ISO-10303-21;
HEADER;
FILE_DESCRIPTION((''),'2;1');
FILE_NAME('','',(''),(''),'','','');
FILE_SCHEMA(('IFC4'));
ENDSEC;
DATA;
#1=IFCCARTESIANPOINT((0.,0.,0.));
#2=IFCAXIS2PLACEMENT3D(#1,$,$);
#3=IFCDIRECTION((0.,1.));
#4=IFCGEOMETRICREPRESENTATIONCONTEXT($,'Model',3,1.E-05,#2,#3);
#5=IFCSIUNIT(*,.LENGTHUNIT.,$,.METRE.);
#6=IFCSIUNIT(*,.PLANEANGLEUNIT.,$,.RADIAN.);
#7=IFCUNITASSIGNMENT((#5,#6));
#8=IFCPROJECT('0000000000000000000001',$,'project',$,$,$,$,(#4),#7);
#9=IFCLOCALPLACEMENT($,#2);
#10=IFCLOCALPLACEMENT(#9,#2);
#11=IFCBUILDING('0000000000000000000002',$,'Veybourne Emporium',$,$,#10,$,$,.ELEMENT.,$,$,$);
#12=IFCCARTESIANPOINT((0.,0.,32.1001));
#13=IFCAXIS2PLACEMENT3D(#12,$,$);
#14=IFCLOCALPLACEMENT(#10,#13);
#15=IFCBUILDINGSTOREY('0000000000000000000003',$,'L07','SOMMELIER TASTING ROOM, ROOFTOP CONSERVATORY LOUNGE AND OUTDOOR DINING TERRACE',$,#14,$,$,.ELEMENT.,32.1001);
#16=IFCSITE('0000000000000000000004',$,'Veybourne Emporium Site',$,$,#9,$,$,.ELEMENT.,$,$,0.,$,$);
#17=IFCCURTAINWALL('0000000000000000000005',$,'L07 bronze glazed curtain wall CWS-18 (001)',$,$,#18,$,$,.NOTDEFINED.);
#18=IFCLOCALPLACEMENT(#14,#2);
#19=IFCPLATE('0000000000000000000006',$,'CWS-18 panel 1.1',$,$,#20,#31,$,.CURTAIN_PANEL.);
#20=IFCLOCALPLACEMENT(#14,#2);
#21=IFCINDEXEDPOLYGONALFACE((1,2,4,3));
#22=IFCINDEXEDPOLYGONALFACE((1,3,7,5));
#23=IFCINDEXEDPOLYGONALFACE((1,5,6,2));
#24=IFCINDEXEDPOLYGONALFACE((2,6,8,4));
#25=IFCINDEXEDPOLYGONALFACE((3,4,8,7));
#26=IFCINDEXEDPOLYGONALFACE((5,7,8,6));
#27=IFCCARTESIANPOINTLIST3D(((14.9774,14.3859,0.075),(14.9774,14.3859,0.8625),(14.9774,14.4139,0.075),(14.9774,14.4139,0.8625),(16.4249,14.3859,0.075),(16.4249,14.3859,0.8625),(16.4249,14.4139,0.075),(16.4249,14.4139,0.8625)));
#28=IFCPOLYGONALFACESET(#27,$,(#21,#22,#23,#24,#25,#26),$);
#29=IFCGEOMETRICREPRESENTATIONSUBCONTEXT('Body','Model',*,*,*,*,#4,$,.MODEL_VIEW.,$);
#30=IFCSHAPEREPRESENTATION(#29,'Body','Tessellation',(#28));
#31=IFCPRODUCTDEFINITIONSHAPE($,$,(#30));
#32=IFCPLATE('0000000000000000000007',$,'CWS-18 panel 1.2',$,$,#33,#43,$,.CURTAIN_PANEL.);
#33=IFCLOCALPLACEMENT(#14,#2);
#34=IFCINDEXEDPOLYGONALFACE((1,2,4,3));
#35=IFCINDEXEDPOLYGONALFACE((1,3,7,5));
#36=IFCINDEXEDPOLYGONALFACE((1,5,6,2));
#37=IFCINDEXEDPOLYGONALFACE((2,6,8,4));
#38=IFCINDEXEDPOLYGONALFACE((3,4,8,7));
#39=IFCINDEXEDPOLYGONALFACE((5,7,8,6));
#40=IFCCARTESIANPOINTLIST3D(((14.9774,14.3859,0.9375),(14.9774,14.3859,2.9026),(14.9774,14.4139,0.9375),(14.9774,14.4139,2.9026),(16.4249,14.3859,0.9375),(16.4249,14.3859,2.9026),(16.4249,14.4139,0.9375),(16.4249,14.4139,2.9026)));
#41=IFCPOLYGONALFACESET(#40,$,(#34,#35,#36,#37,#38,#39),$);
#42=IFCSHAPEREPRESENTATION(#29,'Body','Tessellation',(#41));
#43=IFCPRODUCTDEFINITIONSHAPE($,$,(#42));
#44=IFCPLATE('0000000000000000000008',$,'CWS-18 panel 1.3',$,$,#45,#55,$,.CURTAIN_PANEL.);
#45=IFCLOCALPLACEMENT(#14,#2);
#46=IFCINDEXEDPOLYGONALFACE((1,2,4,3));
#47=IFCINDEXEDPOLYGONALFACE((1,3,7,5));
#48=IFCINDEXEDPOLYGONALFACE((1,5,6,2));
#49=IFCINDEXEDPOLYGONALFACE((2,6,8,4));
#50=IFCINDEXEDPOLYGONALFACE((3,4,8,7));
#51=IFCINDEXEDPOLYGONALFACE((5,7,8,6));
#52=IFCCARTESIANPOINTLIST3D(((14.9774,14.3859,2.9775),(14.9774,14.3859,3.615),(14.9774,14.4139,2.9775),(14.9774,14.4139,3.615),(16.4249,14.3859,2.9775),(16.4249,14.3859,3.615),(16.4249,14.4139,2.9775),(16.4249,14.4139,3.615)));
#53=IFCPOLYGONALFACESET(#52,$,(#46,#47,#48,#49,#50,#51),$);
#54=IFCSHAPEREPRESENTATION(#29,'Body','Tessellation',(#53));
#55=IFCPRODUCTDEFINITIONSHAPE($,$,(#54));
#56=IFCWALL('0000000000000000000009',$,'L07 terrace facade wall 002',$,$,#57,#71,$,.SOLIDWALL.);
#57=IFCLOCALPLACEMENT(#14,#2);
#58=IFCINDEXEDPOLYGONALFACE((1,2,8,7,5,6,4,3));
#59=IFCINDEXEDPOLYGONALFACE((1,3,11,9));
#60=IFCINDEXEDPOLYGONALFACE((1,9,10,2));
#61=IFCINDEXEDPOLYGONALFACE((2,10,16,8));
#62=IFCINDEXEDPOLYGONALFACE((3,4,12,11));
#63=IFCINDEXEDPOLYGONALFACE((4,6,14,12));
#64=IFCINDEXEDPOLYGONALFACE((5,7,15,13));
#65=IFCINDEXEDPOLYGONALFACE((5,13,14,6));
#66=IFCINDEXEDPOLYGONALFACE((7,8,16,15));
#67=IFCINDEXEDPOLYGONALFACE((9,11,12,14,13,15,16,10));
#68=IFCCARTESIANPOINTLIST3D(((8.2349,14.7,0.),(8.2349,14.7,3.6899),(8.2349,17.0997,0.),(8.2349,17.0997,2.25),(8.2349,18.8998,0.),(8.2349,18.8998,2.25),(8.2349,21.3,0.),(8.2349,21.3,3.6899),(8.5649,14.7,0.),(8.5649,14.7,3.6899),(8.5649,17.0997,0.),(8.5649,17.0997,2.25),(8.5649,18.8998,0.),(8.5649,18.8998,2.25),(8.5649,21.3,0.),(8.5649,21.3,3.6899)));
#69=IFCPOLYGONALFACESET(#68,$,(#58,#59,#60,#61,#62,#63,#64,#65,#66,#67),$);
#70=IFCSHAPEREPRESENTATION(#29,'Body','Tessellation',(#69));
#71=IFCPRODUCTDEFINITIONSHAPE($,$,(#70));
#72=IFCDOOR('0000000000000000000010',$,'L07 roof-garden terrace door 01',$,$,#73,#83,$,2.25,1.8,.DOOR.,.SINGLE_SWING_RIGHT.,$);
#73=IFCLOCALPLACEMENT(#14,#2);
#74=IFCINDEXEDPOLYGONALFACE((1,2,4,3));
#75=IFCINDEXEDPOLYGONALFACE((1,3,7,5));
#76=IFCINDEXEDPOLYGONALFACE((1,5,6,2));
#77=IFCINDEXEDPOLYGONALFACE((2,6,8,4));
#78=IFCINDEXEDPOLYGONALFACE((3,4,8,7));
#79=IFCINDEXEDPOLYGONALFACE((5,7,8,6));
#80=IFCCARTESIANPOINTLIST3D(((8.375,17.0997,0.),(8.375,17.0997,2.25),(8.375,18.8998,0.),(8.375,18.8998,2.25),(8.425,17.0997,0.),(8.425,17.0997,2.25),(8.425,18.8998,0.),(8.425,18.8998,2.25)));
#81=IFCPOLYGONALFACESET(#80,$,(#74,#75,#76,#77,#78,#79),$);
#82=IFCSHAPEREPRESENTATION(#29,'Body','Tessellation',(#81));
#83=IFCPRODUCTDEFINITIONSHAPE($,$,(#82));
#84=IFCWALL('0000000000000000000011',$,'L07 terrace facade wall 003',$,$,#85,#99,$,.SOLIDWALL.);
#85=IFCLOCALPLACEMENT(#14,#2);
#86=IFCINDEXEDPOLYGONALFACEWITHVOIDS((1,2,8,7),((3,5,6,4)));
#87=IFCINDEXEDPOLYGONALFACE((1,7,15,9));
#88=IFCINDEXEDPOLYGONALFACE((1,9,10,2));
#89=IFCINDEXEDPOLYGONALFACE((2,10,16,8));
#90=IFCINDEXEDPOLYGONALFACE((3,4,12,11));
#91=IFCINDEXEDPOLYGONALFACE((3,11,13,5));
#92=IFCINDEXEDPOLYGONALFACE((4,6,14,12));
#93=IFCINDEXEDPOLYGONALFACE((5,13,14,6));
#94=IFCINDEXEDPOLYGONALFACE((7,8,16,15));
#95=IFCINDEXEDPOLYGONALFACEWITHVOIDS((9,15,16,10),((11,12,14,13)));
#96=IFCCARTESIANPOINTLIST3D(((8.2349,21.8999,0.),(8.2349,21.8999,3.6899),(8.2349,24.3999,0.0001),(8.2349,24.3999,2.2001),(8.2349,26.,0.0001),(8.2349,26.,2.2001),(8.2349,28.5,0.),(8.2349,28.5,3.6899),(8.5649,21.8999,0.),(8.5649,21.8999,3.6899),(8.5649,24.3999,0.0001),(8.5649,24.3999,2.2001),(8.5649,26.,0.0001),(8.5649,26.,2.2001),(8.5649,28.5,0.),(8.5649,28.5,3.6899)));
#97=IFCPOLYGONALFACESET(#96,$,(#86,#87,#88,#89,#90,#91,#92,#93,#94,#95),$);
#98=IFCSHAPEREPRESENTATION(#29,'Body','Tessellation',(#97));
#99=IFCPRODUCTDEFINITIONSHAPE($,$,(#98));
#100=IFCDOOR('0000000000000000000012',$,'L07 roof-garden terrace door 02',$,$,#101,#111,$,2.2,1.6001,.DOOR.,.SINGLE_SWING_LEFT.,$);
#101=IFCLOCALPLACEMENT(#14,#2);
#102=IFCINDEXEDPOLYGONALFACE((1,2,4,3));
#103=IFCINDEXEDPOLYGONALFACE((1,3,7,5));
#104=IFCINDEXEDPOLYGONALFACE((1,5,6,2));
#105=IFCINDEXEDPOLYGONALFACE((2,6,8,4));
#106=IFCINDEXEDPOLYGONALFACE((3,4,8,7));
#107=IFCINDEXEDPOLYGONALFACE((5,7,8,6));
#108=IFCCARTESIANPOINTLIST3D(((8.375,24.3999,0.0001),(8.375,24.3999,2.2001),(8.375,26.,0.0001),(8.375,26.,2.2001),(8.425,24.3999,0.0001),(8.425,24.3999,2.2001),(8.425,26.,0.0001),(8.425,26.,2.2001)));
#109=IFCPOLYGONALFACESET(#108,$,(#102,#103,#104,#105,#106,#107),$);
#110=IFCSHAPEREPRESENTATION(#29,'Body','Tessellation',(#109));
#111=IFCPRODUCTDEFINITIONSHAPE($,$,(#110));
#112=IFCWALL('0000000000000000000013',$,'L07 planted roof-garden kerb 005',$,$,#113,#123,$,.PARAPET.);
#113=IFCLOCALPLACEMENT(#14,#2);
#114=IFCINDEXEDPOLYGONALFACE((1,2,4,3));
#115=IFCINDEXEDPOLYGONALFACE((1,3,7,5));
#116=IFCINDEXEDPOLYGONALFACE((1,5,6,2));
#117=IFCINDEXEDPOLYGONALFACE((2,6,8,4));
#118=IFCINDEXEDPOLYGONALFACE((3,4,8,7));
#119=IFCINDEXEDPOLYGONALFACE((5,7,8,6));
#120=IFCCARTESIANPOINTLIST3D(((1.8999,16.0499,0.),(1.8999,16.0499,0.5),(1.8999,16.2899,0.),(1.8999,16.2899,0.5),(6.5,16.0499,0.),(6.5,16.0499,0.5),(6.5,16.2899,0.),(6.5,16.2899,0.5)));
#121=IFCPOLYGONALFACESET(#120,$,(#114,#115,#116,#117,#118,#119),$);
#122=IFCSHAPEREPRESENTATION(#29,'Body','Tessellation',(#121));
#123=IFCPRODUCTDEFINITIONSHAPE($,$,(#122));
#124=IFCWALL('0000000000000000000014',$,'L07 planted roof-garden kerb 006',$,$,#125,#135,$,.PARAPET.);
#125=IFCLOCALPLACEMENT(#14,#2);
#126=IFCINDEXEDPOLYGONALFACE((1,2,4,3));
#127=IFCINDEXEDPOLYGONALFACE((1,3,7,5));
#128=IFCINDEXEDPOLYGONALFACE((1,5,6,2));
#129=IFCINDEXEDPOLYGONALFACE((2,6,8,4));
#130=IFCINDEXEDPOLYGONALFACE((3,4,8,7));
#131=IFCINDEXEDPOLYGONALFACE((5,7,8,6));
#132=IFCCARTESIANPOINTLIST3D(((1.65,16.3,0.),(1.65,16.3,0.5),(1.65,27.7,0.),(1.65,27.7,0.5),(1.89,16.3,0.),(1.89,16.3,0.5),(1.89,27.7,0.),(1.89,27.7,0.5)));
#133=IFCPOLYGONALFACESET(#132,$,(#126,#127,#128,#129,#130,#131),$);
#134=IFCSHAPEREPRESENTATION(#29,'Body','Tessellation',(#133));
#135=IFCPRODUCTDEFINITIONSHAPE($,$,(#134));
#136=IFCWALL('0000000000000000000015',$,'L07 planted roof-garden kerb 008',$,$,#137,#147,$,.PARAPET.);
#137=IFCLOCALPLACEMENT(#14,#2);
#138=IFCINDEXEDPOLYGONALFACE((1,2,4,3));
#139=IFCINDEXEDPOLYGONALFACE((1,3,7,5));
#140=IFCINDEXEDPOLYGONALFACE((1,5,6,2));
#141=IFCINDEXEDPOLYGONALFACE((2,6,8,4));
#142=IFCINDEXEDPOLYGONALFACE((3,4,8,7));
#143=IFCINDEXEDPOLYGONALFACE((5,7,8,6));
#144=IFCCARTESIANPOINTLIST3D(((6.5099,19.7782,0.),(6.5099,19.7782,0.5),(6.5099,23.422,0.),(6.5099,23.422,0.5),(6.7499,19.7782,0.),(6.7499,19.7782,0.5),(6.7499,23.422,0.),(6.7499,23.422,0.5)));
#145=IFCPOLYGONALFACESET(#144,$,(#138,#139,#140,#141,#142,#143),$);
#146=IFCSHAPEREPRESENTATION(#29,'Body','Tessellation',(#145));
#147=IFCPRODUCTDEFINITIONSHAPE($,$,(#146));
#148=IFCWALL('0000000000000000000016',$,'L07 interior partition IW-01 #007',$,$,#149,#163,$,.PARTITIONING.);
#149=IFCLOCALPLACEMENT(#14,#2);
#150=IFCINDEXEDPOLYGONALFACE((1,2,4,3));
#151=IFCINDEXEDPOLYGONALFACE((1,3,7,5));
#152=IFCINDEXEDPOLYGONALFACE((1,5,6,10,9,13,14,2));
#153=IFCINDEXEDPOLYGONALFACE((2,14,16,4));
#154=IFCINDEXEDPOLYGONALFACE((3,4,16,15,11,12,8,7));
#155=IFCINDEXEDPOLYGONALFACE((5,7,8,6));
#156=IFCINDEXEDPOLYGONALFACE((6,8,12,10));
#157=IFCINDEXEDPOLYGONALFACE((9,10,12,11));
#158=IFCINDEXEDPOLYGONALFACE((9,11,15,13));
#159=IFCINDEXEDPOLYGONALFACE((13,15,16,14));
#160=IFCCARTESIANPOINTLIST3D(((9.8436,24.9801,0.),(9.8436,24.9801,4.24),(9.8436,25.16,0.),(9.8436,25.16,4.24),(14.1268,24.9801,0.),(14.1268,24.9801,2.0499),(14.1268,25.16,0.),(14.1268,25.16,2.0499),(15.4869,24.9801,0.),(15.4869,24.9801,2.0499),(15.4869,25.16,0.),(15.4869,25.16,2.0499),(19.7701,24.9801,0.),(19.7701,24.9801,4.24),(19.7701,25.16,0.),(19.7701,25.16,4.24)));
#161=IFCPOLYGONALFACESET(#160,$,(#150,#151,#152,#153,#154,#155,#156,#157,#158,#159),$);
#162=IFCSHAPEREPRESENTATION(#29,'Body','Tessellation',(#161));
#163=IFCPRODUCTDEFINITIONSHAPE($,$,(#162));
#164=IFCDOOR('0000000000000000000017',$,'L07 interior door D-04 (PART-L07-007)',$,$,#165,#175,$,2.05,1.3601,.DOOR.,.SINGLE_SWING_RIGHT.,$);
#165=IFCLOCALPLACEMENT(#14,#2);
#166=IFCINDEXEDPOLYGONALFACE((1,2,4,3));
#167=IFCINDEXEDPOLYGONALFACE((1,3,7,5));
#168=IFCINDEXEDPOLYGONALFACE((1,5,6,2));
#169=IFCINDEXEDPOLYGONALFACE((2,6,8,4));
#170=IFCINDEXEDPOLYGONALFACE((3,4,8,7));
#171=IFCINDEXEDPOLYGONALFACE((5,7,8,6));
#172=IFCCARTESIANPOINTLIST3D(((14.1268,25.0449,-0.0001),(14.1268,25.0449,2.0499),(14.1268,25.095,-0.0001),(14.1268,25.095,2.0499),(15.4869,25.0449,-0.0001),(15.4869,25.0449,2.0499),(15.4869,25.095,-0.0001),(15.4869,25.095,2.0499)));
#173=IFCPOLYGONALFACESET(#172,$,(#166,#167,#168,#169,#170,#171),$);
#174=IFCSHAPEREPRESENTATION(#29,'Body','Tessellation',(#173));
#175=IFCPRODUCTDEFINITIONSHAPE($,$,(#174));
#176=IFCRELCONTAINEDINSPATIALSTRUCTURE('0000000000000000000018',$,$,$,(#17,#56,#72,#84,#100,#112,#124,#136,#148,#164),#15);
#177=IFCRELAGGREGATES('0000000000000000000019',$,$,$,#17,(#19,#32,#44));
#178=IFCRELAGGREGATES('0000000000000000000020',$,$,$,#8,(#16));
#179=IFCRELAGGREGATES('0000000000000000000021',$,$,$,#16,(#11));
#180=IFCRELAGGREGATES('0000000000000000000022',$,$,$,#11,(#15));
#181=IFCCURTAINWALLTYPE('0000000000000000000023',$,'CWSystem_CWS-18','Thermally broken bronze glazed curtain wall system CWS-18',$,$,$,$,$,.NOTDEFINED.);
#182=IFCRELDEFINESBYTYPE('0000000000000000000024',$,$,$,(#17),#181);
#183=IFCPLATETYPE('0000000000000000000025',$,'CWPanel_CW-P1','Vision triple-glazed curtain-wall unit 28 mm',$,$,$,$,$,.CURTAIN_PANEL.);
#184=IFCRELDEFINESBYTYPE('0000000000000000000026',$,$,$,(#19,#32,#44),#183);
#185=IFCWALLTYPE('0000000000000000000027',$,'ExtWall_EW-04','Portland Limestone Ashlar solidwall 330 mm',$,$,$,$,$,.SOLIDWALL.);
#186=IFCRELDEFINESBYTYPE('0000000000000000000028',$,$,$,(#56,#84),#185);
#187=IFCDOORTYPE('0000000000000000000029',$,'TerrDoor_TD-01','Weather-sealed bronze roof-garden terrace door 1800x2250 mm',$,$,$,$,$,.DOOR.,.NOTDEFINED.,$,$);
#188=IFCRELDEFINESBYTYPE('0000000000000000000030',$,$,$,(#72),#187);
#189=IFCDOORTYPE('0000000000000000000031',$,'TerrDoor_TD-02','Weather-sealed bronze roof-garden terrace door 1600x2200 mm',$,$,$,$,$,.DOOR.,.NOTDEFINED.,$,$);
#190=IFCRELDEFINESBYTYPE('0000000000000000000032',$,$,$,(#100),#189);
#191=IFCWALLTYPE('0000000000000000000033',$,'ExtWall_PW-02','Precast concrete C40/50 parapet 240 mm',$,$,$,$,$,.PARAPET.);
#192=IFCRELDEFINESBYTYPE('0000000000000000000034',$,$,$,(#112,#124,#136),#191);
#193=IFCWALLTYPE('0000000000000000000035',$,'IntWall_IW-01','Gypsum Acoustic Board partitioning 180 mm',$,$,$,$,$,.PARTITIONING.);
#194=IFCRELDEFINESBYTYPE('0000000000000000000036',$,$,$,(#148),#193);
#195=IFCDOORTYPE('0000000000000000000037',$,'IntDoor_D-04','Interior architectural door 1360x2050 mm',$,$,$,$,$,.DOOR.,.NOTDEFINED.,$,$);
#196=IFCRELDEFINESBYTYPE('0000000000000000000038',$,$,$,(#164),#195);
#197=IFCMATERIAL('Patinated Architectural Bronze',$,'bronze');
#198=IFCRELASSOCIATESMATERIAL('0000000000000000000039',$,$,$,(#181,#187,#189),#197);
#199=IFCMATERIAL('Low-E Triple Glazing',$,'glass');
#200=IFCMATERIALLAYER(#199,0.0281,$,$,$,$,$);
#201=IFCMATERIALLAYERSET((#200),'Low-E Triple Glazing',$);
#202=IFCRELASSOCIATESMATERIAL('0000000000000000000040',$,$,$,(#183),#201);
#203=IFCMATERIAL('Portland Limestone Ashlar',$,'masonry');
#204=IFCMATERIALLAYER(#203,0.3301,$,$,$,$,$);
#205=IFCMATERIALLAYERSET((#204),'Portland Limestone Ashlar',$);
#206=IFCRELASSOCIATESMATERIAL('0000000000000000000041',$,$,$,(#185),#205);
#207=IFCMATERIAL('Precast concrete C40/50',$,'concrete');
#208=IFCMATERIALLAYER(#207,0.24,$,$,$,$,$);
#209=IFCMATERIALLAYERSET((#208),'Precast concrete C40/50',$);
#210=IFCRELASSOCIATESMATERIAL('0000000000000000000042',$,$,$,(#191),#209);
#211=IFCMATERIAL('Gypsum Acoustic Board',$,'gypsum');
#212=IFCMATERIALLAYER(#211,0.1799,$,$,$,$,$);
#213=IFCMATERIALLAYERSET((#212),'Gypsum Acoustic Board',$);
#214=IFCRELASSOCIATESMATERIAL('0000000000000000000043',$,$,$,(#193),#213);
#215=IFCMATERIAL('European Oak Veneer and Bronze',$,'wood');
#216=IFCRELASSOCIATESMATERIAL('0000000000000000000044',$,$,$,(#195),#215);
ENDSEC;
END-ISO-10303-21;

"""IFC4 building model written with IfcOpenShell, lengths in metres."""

from ifc_helpers import new_model, si_unit, direction, frame, frame_2d, origin, origin_2d, place, context, subcontext, project, spatial, rectangle, extrude, material, layer, layer_set, type_object, element, fill, aggregate, save


model = new_model("IFC4")

# Units and contexts
model_context = context("Model", 3, precision=1e-05, world=origin(), true_north=direction((0.0, 1.0)))
body_context = subcontext(model_context, "Body", "Model", "MODEL_VIEW")
ifc_project = project(units=[si_unit("LENGTHUNIT", "METRE"), si_unit("PLANEANGLEUNIT", "RADIAN")], contexts=[model_context])

# Site, building, storey
site_placement = place(None, origin())
site = spatial("IfcSite", under=ifc_project, at=site_placement, Name="Veybourne Emporium Site", CompositionType="ELEMENT", RefElevation=0.0)
building_placement = place(site_placement, origin())
building = spatial("IfcBuilding", under=site, at=building_placement, Name="Veybourne Emporium", CompositionType="ELEMENT")
storey_placement = place(building_placement, frame((0.0, 0.0, 32.1001)))
storey = spatial("IfcBuildingStorey", under=building, at=storey_placement, Name="L07", Description="SOMMELIER TASTING ROOM, ROOFTOP CONSERVATORY LOUNGE AND OUTDOOR DINING TERRACE", CompositionType="ELEMENT", Elevation=32.1001)

# Curtain wall
ifc_material_1 = material(Name="Patinated Architectural Bronze", Category="bronze")
curtain_wall_type = type_object("IfcCurtainWallType", Name="CWSystem_CWS-18", Description="Thermally broken bronze glazed curtain wall system CWS-18", PredefinedType="NOTDEFINED", material=ifc_material_1)
curtain_wall_placement = place(storey_placement, origin())
curtain_wall = element("IfcCurtainWall", 1, at=curtain_wall_placement, inside=storey, type_object=curtain_wall_type, Name="L07 bronze glazed curtain wall CWS-18 (001)", PredefinedType="NOTDEFINED")

# Plates
ifc_material_2 = material(Name="Low-E Triple Glazing", Category="glass")
ifc_layer_1 = layer(ifc_material_2, 0.0281)
ifc_layer_set_1 = layer_set([ifc_layer_1], Name="Low-E Triple Glazing")
plate_type = type_object("IfcPlateType", Name="CWPanel_CW-P1", Description="Vision triple-glazed curtain-wall unit 28 mm", PredefinedType="CURTAIN_PANEL", material=ifc_layer_set_1)
plate_1_placement = place(storey_placement, frame((15.7012, 14.3999, 0.075), z_axis=(0.0, 0.0, 1.0), x_axis=(-1.0, 0.0, 0.0)))
plate_1 = element("IfcPlate", 2, at=plate_1_placement, type_object=plate_type, Name="CWS-18 panel 1.1", PredefinedType="CURTAIN_PANEL", context=body_context, shape_type="SweptSolid", body=[
    extrude(rectangle(XDim=1.4475, YDim=0.0281, at=origin_2d()), origin(), (0.0, 0.0, 1.0), 0.7876),
])
plate_2_placement = place(storey_placement, frame((15.7012, 14.3999, 0.9375), z_axis=(0.0, 0.0, 1.0), x_axis=(-1.0, 0.0, 0.0)))
plate_2 = element("IfcPlate", 3, at=plate_2_placement, type_object=plate_type, Name="CWS-18 panel 1.2", PredefinedType="CURTAIN_PANEL", context=body_context, shape_type="SweptSolid", body=[
    extrude(rectangle(XDim=1.4475, YDim=0.0281, at=origin_2d()), origin(), (0.0, 0.0, 1.0), 1.9651),
])
plate_3_placement = place(storey_placement, frame((15.7012, 14.3999, 2.9775), z_axis=(0.0, 0.0, 1.0), x_axis=(-1.0, 0.0, 0.0)))
plate_3 = element("IfcPlate", 4, at=plate_3_placement, type_object=plate_type, Name="CWS-18 panel 1.3", PredefinedType="CURTAIN_PANEL", context=body_context, shape_type="SweptSolid", body=[
    extrude(rectangle(XDim=1.4475, YDim=0.0281, at=origin_2d()), origin(), (0.0, 0.0, 1.0), 0.6375),
])
aggregate(curtain_wall, [plate_1, plate_2, plate_3])

# Walls, openings, doors
ifc_material_3 = material(Name="Portland Limestone Ashlar", Category="masonry")
ifc_layer_2 = layer(ifc_material_3, 0.3301)
ifc_layer_set_2 = layer_set([ifc_layer_2], Name="Portland Limestone Ashlar")
wall_type_1 = type_object("IfcWallType", Name="ExtWall_EW-04", Description="Portland Limestone Ashlar solidwall 330 mm", PredefinedType="SOLIDWALL", material=ifc_layer_set_2)
wall_1_placement = place(storey_placement, frame((8.3999, 14.7, 0.0), z_axis=(0.0, 0.0, 1.0), x_axis=(0.0, 1.0, 0.0)))
wall_1 = element("IfcWall", 5, at=wall_1_placement, inside=storey, type_object=wall_type_1, Name="L07 terrace facade wall 002", PredefinedType="SOLIDWALL", context=body_context, shape_type="SweptSolid", body=[
    extrude(rectangle(XDim=6.6001, YDim=0.3301, at=frame_2d((3.3, 0.0))), origin(), (0.0, 0.0, 1.0), 3.6899),
])
opening_1_placement = place(wall_1_placement, frame((2.3999, 0.0, 0.0)))
opening_1 = element("IfcOpeningElement", 6, at=opening_1_placement, cuts=wall_1, PredefinedType="OPENING", context=body_context, shape_type="SweptSolid", body=[
    extrude(rectangle(XDim=1.8, YDim=2.25, at=frame_2d((0.8999, 1.125))), frame((0.0, 0.1851, 0.0), z_axis=(0.0, -1.0, 0.0), x_axis=(1.0, 0.0, 0.0)), (0.0, 0.0, 1.0), 0.3701),
])
door_type_1 = type_object("IfcDoorType", Name="TerrDoor_TD-01", Description="Weather-sealed bronze roof-garden terrace door 1800x2250 mm", OperationType="NOTDEFINED", PredefinedType="DOOR", material=ifc_material_1)
door_1_placement = place(opening_1_placement, origin())
door_1 = element("IfcDoor", 7, at=door_1_placement, inside=storey, type_object=door_type_1, Name="L07 roof-garden terrace door 01", OperationType="SINGLE_SWING_RIGHT", OverallHeight=2.25, OverallWidth=1.8, PredefinedType="DOOR", context=body_context, shape_type="SweptSolid", body=[
    extrude(rectangle(XDim=1.8, YDim=2.25, at=frame_2d((0.8999, 1.125))), frame((0.0, 0.0249, 0.0), z_axis=(0.0, -1.0, 0.0), x_axis=(1.0, 0.0, 0.0)), (0.0, 0.0, 1.0), 0.05),
])
fill(opening_1, door_1)
wall_2_placement = place(storey_placement, frame((8.3999, 21.8999, 0.0), z_axis=(0.0, 0.0, 1.0), x_axis=(0.0, 1.0, 0.0)))
wall_2 = element("IfcWall", 8, at=wall_2_placement, inside=storey, type_object=wall_type_1, Name="L07 terrace facade wall 003", PredefinedType="SOLIDWALL", context=body_context, shape_type="SweptSolid", body=[
    extrude(rectangle(XDim=6.6001, YDim=0.3301, at=frame_2d((3.3, 0.0))), origin(), (0.0, 0.0, 1.0), 3.6899),
])
opening_2_placement = place(wall_2_placement, frame((2.5, 0.0, 0.0)))
opening_2 = element("IfcOpeningElement", 9, at=opening_2_placement, cuts=wall_2, PredefinedType="OPENING", context=body_context, shape_type="SweptSolid", body=[
    extrude(rectangle(XDim=1.6001, YDim=2.2, at=frame_2d((0.8, 1.1001))), frame((0.0, 0.1851, 0.0), z_axis=(0.0, -1.0, 0.0), x_axis=(1.0, 0.0, 0.0)), (0.0, 0.0, 1.0), 0.3701),
])
door_type_2 = type_object("IfcDoorType", Name="TerrDoor_TD-02", Description="Weather-sealed bronze roof-garden terrace door 1600x2200 mm", OperationType="NOTDEFINED", PredefinedType="DOOR", material=ifc_material_1)
door_2_placement = place(opening_2_placement, origin())
door_2 = element("IfcDoor", 10, at=door_2_placement, inside=storey, type_object=door_type_2, Name="L07 roof-garden terrace door 02", OperationType="SINGLE_SWING_LEFT", OverallHeight=2.2, OverallWidth=1.6001, PredefinedType="DOOR", context=body_context, shape_type="SweptSolid", body=[
    extrude(rectangle(XDim=1.6001, YDim=2.2, at=frame_2d((0.8, 1.1001))), frame((0.0, 0.0249, 0.0), z_axis=(0.0, -1.0, 0.0), x_axis=(1.0, 0.0, 0.0)), (0.0, 0.0, 1.0), 0.05),
])
fill(opening_2, door_2)

# Walls
ifc_material_4 = material(Name="Precast concrete C40/50", Category="concrete")
ifc_layer_3 = layer(ifc_material_4, 0.24)
ifc_layer_set_3 = layer_set([ifc_layer_3], Name="Precast concrete C40/50")
wall_type_2 = type_object("IfcWallType", Name="ExtWall_PW-02", Description="Precast concrete C40/50 parapet 240 mm", PredefinedType="PARAPET", material=ifc_layer_set_3)
wall_3_placement = place(storey_placement, frame((6.5, 16.1699, 0.0), z_axis=(0.0, 0.0, 1.0), x_axis=(-1.0, 0.0, 0.0)))
element("IfcWall", 11, at=wall_3_placement, inside=storey, type_object=wall_type_2, Name="L07 planted roof-garden kerb 005", PredefinedType="PARAPET", context=body_context, shape_type="SweptSolid", body=[
    extrude(rectangle(XDim=4.6001, YDim=0.24, at=frame_2d((2.3, 0.0))), origin(), (0.0, 0.0, 1.0), 0.5),
])
wall_4_placement = place(storey_placement, frame((1.77, 16.3, 0.0), z_axis=(0.0, 0.0, 1.0), x_axis=(0.0, 1.0, 0.0)))
element("IfcWall", 12, at=wall_4_placement, inside=storey, type_object=wall_type_2, Name="L07 planted roof-garden kerb 006", PredefinedType="PARAPET", context=body_context, shape_type="SweptSolid", body=[
    extrude(rectangle(XDim=11.3999, YDim=0.24, at=frame_2d((5.7, 0.0))), origin(), (0.0, 0.0, 1.0), 0.5),
])
wall_5_placement = place(storey_placement, frame((6.6299, 23.4219, 0.0), z_axis=(0.0, 0.0, 1.0), x_axis=(0.0, -1.0, 0.0)))
element("IfcWall", 13, at=wall_5_placement, inside=storey, type_object=wall_type_2, Name="L07 planted roof-garden kerb 008", PredefinedType="PARAPET", context=body_context, shape_type="SweptSolid", body=[
    extrude(rectangle(XDim=3.6438, YDim=0.24, at=frame_2d((1.8218, 0.0))), origin(), (0.0, 0.0, 1.0), 0.5),
])

# Wall, opening, door
ifc_material_5 = material(Name="Gypsum Acoustic Board", Category="gypsum")
ifc_layer_4 = layer(ifc_material_5, 0.1799)
ifc_layer_set_4 = layer_set([ifc_layer_4], Name="Gypsum Acoustic Board")
wall_type_3 = type_object("IfcWallType", Name="IntWall_IW-01", Description="Gypsum Acoustic Board partitioning 180 mm", PredefinedType="PARTITIONING", material=ifc_layer_set_4)
wall_6_placement = place(storey_placement, frame((9.8435, 25.0701, 0.0), z_axis=(0.0, 0.0, 1.0), x_axis=(1.0, 0.0, 0.0)))
wall_6 = element("IfcWall", 14, at=wall_6_placement, inside=storey, type_object=wall_type_3, Name="L07 interior partition IW-01 #007", PredefinedType="PARTITIONING", context=body_context, shape_type="SweptSolid", body=[
    extrude(rectangle(XDim=9.9265, YDim=0.1799, at=frame_2d((4.9634, 0.0))), origin(), (0.0, 0.0, 1.0), 4.24),
])
opening_3_placement = place(wall_6_placement, frame((4.2832, 0.0, 0.0)))
opening_3 = element("IfcOpeningElement", 15, at=opening_3_placement, cuts=wall_6, PredefinedType="OPENING", context=body_context, shape_type="SweptSolid", body=[
    extrude(rectangle(XDim=1.3601, YDim=2.05, at=frame_2d((0.6802, 1.0249))), frame((0.0, 0.1099, 0.0), z_axis=(0.0, -1.0, 0.0), x_axis=(1.0, 0.0, 0.0)), (0.0, 0.0, 1.0), 0.22),
])
ifc_material_6 = material(Name="European Oak Veneer and Bronze", Category="wood")
door_type_3 = type_object("IfcDoorType", Name="IntDoor_D-04", Description="Interior architectural door 1360x2050 mm", OperationType="NOTDEFINED", PredefinedType="DOOR", material=ifc_material_6)
door_3_placement = place(opening_3_placement, origin())
door_3 = element("IfcDoor", 16, at=door_3_placement, inside=storey, type_object=door_type_3, Name="L07 interior door D-04 (PART-L07-007)", OperationType="SINGLE_SWING_RIGHT", OverallHeight=2.05, OverallWidth=1.3601, PredefinedType="DOOR", context=body_context, shape_type="SweptSolid", body=[
    extrude(rectangle(XDim=1.3601, YDim=2.05, at=frame_2d((0.6802, 1.0249))), frame((0.0, 0.0249, 0.0), z_axis=(0.0, -1.0, 0.0), x_axis=(1.0, 0.0, 0.0)), (0.0, 0.0, 1.0), 0.05),
])
fill(opening_3, door_3)

save(model, "model.ifc")
